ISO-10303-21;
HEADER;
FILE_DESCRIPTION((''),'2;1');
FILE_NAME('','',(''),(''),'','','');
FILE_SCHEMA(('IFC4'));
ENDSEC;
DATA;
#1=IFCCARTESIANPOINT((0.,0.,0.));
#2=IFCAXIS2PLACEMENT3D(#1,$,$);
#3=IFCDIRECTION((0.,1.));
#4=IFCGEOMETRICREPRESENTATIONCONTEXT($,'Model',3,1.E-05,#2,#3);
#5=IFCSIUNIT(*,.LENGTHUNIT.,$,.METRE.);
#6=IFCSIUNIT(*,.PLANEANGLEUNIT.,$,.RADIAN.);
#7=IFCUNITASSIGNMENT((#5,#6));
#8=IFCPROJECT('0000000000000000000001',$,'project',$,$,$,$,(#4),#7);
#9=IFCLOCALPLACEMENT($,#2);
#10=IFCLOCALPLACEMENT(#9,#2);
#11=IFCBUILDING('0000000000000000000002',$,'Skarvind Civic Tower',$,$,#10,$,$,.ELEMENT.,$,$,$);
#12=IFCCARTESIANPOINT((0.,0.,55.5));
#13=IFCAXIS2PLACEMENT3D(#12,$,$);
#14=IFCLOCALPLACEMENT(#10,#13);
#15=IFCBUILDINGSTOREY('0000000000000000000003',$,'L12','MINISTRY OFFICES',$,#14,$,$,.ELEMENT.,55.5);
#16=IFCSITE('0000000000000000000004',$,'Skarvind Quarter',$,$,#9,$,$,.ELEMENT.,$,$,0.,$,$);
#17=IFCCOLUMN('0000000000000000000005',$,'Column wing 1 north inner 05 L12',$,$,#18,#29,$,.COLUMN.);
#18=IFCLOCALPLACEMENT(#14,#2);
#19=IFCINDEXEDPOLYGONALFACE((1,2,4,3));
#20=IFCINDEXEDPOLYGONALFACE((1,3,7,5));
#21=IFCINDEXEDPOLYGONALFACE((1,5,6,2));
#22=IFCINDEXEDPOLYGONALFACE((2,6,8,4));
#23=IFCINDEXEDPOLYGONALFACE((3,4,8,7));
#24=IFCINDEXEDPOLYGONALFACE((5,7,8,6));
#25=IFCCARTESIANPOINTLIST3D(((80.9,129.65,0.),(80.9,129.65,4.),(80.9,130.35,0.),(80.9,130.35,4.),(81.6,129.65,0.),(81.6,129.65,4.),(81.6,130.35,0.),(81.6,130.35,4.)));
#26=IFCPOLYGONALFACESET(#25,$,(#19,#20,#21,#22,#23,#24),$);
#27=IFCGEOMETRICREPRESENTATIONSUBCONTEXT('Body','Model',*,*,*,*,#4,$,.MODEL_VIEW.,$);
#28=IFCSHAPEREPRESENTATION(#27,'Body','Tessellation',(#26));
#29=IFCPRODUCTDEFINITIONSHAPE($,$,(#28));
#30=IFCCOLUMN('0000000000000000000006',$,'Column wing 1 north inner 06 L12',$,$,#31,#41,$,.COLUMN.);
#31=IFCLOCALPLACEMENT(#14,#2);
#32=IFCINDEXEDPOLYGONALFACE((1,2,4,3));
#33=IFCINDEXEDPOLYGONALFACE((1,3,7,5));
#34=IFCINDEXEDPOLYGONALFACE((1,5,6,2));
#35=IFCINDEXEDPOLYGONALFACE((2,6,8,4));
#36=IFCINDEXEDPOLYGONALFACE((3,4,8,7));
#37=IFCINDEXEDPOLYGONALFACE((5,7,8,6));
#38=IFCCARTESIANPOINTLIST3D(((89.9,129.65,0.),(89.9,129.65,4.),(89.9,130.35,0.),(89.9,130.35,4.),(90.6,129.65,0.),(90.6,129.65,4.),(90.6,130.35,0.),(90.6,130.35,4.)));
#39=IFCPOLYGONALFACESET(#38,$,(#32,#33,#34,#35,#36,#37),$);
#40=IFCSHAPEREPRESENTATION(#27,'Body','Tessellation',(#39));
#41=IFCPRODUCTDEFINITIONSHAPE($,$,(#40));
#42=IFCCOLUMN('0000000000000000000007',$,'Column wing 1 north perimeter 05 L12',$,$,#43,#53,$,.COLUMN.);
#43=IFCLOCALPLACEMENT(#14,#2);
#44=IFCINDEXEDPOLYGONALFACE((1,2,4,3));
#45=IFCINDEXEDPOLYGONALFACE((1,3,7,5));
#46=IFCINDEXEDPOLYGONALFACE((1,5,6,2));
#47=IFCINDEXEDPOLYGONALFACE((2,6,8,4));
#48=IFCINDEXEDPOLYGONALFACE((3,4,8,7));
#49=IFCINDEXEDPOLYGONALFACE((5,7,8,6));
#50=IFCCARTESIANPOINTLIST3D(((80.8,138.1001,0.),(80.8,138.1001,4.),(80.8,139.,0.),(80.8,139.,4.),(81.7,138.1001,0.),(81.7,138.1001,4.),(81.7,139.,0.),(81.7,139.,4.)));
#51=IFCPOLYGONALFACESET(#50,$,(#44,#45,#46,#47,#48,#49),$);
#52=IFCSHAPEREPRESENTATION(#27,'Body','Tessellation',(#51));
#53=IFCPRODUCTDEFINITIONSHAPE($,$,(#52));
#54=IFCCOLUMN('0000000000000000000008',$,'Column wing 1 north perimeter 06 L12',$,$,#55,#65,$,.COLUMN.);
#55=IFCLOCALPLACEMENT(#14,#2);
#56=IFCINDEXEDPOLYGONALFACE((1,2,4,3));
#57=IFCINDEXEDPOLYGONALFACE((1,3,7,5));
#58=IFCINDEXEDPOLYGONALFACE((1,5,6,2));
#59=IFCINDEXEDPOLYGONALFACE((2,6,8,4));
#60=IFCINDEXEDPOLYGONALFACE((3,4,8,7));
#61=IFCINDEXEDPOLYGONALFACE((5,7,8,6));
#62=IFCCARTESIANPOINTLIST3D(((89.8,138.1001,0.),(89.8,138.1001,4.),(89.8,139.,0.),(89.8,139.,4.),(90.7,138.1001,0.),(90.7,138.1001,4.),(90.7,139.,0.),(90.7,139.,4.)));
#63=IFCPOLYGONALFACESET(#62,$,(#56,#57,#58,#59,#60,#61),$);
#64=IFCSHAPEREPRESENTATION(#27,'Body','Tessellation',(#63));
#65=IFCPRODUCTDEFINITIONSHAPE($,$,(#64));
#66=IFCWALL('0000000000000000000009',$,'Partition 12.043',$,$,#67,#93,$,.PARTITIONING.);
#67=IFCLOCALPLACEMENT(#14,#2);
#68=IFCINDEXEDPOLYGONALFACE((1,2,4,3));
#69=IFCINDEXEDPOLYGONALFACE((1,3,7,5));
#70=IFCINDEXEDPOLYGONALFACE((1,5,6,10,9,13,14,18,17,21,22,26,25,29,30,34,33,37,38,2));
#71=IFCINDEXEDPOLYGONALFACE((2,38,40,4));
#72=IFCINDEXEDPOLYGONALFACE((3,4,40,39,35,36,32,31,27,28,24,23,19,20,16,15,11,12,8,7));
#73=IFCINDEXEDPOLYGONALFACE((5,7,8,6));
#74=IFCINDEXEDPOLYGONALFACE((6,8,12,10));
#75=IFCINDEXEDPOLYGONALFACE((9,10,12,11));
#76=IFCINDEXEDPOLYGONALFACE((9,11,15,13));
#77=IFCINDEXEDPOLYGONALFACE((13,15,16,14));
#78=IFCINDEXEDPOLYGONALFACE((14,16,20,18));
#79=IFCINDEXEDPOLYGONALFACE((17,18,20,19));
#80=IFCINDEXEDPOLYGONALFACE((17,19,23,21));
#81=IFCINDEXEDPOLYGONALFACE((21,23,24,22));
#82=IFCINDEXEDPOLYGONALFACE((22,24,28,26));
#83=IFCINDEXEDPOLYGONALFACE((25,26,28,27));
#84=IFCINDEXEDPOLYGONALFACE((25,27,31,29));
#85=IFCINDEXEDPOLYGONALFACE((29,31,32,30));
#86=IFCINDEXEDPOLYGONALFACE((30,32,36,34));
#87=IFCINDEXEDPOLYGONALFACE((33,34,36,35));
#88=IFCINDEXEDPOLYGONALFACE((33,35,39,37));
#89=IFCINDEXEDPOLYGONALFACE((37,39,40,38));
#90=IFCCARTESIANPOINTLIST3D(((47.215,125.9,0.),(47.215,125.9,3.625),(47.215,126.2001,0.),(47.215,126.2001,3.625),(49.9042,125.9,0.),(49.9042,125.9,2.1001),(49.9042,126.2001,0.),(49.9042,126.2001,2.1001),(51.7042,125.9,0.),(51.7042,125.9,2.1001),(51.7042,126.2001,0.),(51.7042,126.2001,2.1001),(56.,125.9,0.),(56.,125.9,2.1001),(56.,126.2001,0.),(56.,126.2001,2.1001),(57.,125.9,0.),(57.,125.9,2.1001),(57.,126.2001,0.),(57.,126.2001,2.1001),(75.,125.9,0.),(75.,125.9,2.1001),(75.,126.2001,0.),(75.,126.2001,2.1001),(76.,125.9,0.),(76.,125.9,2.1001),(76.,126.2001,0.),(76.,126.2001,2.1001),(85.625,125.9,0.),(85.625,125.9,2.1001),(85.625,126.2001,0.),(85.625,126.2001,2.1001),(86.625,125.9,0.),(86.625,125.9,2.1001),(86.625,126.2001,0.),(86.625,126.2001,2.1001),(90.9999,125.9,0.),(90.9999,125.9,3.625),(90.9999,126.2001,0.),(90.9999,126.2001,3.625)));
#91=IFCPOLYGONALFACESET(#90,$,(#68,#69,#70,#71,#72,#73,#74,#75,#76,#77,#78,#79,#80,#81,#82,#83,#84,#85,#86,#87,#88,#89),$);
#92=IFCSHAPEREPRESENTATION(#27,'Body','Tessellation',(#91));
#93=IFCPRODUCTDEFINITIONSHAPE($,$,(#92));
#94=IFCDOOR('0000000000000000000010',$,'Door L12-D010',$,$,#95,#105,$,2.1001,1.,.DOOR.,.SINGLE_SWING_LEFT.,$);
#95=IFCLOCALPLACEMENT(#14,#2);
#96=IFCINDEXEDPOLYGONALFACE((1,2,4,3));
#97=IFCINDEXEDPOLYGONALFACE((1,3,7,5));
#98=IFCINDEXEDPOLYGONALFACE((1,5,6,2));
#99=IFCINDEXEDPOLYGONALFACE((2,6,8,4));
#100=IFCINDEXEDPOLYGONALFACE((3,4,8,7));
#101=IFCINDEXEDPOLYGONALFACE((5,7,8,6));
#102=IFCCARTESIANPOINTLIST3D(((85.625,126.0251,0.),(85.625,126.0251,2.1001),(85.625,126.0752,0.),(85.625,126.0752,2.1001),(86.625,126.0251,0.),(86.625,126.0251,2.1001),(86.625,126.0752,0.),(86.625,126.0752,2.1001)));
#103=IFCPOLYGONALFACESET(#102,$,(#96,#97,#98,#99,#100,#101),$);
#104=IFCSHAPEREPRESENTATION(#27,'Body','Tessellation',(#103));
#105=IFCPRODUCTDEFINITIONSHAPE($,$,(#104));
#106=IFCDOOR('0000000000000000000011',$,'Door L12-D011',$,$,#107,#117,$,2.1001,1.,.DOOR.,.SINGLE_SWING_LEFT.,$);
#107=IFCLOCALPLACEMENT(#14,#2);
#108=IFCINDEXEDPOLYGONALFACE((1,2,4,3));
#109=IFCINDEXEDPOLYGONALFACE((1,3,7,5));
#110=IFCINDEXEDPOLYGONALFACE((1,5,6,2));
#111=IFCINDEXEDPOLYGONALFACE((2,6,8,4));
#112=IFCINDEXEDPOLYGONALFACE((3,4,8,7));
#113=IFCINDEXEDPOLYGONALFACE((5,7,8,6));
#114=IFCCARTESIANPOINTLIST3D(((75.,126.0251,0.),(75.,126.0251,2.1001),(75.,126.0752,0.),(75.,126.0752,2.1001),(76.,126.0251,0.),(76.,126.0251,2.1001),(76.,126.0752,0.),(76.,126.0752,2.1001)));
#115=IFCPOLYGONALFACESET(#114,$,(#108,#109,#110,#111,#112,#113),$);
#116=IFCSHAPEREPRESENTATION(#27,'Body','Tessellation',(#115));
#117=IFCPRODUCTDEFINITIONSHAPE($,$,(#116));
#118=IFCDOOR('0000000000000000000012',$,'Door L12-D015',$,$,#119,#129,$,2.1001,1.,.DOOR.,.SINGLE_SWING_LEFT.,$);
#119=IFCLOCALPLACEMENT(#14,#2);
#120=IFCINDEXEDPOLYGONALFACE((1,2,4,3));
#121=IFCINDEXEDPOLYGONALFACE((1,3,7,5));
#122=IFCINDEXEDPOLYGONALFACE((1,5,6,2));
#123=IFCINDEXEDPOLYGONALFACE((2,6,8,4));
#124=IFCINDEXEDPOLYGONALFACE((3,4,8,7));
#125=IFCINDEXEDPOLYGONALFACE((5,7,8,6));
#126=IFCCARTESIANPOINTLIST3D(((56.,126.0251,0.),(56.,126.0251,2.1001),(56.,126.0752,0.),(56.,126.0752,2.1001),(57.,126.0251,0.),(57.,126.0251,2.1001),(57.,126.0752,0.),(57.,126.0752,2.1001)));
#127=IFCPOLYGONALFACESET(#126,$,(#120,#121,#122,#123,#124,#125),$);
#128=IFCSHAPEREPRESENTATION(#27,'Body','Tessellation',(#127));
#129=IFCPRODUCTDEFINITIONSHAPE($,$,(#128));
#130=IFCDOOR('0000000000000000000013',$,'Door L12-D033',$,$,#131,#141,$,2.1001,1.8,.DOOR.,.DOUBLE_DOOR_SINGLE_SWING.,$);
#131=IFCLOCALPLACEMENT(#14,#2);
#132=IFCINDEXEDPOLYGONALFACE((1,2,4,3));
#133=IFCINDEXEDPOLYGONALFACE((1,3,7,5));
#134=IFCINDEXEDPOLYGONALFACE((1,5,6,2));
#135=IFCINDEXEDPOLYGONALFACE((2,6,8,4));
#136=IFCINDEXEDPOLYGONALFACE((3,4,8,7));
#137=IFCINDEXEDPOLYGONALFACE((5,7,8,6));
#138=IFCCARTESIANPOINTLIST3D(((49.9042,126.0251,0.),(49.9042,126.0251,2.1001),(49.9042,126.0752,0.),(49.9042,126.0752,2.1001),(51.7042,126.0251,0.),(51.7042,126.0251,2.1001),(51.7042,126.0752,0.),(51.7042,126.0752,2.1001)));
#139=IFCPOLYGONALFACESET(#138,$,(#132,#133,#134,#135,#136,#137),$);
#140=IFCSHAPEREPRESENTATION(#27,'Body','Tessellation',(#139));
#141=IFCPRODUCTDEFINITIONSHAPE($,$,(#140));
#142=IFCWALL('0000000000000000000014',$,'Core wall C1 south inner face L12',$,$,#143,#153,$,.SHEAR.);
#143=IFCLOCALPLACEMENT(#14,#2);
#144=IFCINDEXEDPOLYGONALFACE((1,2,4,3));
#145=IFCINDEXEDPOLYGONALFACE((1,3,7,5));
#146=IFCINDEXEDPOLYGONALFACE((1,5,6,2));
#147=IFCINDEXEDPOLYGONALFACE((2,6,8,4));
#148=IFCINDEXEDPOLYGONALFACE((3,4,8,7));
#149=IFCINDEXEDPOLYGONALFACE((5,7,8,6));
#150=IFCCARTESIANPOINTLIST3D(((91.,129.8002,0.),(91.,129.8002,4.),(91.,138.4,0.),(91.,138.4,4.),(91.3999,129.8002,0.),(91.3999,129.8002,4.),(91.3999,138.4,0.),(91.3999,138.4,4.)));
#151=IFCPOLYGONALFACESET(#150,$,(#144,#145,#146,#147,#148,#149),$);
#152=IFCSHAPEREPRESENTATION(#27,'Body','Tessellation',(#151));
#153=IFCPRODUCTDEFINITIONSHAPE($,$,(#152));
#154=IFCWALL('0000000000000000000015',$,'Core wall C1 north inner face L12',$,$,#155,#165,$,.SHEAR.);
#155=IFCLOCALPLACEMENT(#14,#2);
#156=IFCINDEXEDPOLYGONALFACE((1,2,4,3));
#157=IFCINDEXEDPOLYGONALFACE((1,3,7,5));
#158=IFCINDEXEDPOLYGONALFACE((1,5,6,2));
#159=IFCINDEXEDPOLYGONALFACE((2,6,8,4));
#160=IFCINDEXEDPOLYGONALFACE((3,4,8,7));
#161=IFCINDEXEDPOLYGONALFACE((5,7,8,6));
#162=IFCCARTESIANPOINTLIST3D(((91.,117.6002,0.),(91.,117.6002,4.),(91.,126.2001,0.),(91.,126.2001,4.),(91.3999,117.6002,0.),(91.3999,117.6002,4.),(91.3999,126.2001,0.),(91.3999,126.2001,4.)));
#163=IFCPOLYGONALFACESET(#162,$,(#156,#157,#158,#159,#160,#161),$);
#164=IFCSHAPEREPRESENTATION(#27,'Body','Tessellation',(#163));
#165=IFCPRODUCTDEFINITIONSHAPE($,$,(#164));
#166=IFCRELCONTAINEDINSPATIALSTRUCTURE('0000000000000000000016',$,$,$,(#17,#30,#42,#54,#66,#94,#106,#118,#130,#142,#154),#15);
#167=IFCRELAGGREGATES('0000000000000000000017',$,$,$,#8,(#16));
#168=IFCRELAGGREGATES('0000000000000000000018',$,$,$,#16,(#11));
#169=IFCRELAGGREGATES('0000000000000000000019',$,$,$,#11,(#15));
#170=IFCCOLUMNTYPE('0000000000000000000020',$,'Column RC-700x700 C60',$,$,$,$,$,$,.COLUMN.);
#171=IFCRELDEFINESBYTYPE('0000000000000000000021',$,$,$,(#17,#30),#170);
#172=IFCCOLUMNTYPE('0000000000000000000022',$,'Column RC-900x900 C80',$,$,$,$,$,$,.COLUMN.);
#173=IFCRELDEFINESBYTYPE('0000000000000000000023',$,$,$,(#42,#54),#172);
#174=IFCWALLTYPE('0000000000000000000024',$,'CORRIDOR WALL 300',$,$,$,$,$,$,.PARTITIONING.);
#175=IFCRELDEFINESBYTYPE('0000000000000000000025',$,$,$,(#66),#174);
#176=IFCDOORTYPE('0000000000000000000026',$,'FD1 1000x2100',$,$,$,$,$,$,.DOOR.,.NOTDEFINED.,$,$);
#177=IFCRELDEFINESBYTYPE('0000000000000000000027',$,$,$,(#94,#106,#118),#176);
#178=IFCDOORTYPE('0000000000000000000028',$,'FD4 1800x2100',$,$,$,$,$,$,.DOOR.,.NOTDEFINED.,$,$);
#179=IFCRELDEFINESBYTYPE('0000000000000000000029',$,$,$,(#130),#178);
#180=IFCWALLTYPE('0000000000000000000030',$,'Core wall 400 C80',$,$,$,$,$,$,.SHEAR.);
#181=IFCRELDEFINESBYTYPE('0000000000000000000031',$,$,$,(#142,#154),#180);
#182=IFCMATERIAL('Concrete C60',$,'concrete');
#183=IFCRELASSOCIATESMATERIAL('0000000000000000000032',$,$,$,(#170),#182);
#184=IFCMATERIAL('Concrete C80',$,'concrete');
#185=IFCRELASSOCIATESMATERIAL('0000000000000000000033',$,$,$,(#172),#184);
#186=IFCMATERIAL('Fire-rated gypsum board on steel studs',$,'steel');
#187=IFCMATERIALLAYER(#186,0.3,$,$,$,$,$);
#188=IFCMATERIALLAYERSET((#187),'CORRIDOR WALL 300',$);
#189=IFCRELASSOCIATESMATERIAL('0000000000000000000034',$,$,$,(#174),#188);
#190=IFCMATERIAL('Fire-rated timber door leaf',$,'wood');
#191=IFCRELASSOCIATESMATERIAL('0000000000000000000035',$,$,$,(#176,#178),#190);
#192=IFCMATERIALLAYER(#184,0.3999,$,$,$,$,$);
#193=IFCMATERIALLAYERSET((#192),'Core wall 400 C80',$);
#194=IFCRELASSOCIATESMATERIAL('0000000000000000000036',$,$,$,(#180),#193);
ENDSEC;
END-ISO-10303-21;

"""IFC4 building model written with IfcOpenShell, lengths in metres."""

from ifc_helpers import new_model, si_unit, direction, frame, frame_2d, origin, origin_2d, place, context, subcontext, project, spatial, rectangle, extrude, material, layer, layer_set, material_profile, profile_set, type_object, element, fill, save


model = new_model("IFC4")

# Units and contexts
model_context = context("Model", 3, precision=1e-05, world=origin(), true_north=direction((0.0, 1.0)))
body_context = subcontext(model_context, "Body", "Model", "MODEL_VIEW")
ifc_project = project(units=[si_unit("LENGTHUNIT", "METRE"), si_unit("PLANEANGLEUNIT", "RADIAN")], contexts=[model_context])

# Site, building, storey
site_placement = place(None, origin())
site = spatial("IfcSite", under=ifc_project, at=site_placement, Name="Skarvind Quarter", CompositionType="ELEMENT", RefElevation=0.0)
building_placement = place(site_placement, origin())
building = spatial("IfcBuilding", under=site, at=building_placement, Name="Skarvind Civic Tower", CompositionType="ELEMENT")
storey_placement = place(building_placement, frame((0.0, 0.0, 55.5)))
storey = spatial("IfcBuildingStorey", under=building, at=storey_placement, Name="L12", Description="MINISTRY OFFICES", CompositionType="ELEMENT", Elevation=55.5)

# Columns
ifc_material_1 = material(Name="Concrete C60", Category="concrete")
ifc_material_profile_1 = material_profile(ifc_material_1, rectangle(XDim=0.7, YDim=0.7, at=origin_2d()), Name="RC-700x700")
ifc_profile_set_1 = profile_set([ifc_material_profile_1], Name="Concrete C60")
column_type_1 = type_object("IfcColumnType", Name="Column RC-700x700 C60", PredefinedType="COLUMN", material=ifc_profile_set_1)
for number, where, z_axis, x_axis, name in (
    (1, (81.25, 130.0, 0.0), (0.0, 0.0, 1.0), (1.0, 0.0, 0.0), "Column wing 1 north inner 05 L12"),
    (2, (90.25, 130.0, 0.0), (0.0, 0.0, 1.0), (1.0, 0.0, 0.0), "Column wing 1 north inner 06 L12"),
):
    element("IfcColumn", number, at=place(storey_placement, frame(where, z_axis=z_axis, x_axis=x_axis)), inside=storey, type_object=column_type_1, Name=name, PredefinedType="COLUMN", context=body_context, shape_type="SweptSolid", body=[
        extrude(rectangle(XDim=0.7, YDim=0.7, at=origin_2d()), origin(), (0.0, 0.0, 1.0), 4.0),
    ])
ifc_material_2 = material(Name="Concrete C80", Category="concrete")
ifc_material_profile_2 = material_profile(ifc_material_2, rectangle(XDim=0.8999, YDim=0.8999, at=origin_2d()), Name="RC-900x900")
ifc_profile_set_2 = profile_set([ifc_material_profile_2], Name="Concrete C80")
column_type_2 = type_object("IfcColumnType", Name="Column RC-900x900 C80", PredefinedType="COLUMN", material=ifc_profile_set_2)
for number, where, z_axis, x_axis, name in (
    (3, (81.25, 138.55, 0.0), (0.0, 0.0, 1.0), (1.0, 0.0, 0.0), "Column wing 1 north perimeter 05 L12"),
    (4, (90.25, 138.55, 0.0), (0.0, 0.0, 1.0), (1.0, 0.0, 0.0), "Column wing 1 north perimeter 06 L12"),
):
    element("IfcColumn", number, at=place(storey_placement, frame(where, z_axis=z_axis, x_axis=x_axis)), inside=storey, type_object=column_type_2, Name=name, PredefinedType="COLUMN", context=body_context, shape_type="SweptSolid", body=[
        extrude(rectangle(XDim=0.8999, YDim=0.8999, at=origin_2d()), origin(), (0.0, 0.0, 1.0), 4.0),
    ])

# Wall, openings, doors
ifc_material_3 = material(Name="Fire-rated gypsum board on steel studs", Category="steel")
ifc_layer_1 = layer(ifc_material_3, 0.3)
ifc_layer_set_1 = layer_set([ifc_layer_1], Name="CORRIDOR WALL 300")
wall_type_1 = type_object("IfcWallType", Name="CORRIDOR WALL 300", PredefinedType="PARTITIONING", material=ifc_layer_set_1)
wall_1_placement = place(storey_placement, frame((91.0, 126.05, 0.0), z_axis=(0.0, 0.0, 1.0), x_axis=(-1.0, 0.0, 0.0)))
wall_1 = element("IfcWall", 5, at=wall_1_placement, inside=storey, type_object=wall_type_1, Name="Partition 12.043", PredefinedType="PARTITIONING", context=body_context, shape_type="SweptSolid", body=[
    extrude(rectangle(XDim=43.7849, YDim=0.3, at=frame_2d((21.8926, 0.0))), origin(), (0.0, 0.0, 1.0), 3.625),
])
opening_1_placement = place(wall_1_placement, frame((4.375, 0.0, 0.0)))
opening_1 = element("IfcOpeningElement", 6, at=opening_1_placement, cuts=wall_1, PredefinedType="OPENING", context=body_context, shape_type="SweptSolid", body=[
    extrude(rectangle(XDim=1.0, YDim=2.1001, at=frame_2d((0.5, 1.05))), frame((0.0, 0.1599, 0.0), z_axis=(0.0, -1.0, 0.0), x_axis=(1.0, 0.0, 0.0)), (0.0, 0.0, 1.0), 0.3201),
])
opening_2_placement = place(wall_1_placement, frame((15.0, 0.0, 0.0)))
opening_2 = element("IfcOpeningElement", 7, at=opening_2_placement, cuts=wall_1, PredefinedType="OPENING", context=body_context, shape_type="SweptSolid", body=[
    extrude(rectangle(XDim=1.0, YDim=2.1001, at=frame_2d((0.5, 1.05))), frame((0.0, 0.1599, 0.0), z_axis=(0.0, -1.0, 0.0), x_axis=(1.0, 0.0, 0.0)), (0.0, 0.0, 1.0), 0.3201),
])
opening_3_placement = place(wall_1_placement, frame((34.0, 0.0, 0.0)))
opening_3 = element("IfcOpeningElement", 8, at=opening_3_placement, cuts=wall_1, PredefinedType="OPENING", context=body_context, shape_type="SweptSolid", body=[
    extrude(rectangle(XDim=1.0, YDim=2.1001, at=frame_2d((0.5, 1.05))), frame((0.0, 0.1599, 0.0), z_axis=(0.0, -1.0, 0.0), x_axis=(1.0, 0.0, 0.0)), (0.0, 0.0, 1.0), 0.3201),
])
opening_4_placement = place(wall_1_placement, frame((39.2959, 0.0, 0.0)))
opening_4 = element("IfcOpeningElement", 9, at=opening_4_placement, cuts=wall_1, PredefinedType="OPENING", context=body_context, shape_type="SweptSolid", body=[
    extrude(rectangle(XDim=1.8, YDim=2.1001, at=frame_2d((0.8999, 1.05))), frame((0.0, 0.1599, 0.0), z_axis=(0.0, -1.0, 0.0), x_axis=(1.0, 0.0, 0.0)), (0.0, 0.0, 1.0), 0.3201),
])
ifc_material_4 = material(Name="Fire-rated timber door leaf", Category="wood")
door_type_1 = type_object("IfcDoorType", Name="FD1 1000x2100", OperationType="NOTDEFINED", PredefinedType="DOOR", material=ifc_material_4)
door_1_placement = place(opening_1_placement, origin())
door_1 = element("IfcDoor", 10, at=door_1_placement, inside=storey, type_object=door_type_1, Name="Door L12-D010", OperationType="SINGLE_SWING_LEFT", OverallHeight=2.1001, OverallWidth=1.0, PredefinedType="DOOR", context=body_context, shape_type="SweptSolid", body=[
    extrude(rectangle(XDim=1.0, YDim=2.1001, at=frame_2d((0.5, 1.05))), frame((0.0, 0.0249, 0.0), z_axis=(0.0, -1.0, 0.0), x_axis=(1.0, 0.0, 0.0)), (0.0, 0.0, 1.0), 0.05),
])
fill(opening_1, door_1)
door_2_placement = place(opening_2_placement, origin())
door_2 = element("IfcDoor", 11, at=door_2_placement, inside=storey, type_object=door_type_1, Name="Door L12-D011", OperationType="SINGLE_SWING_LEFT", OverallHeight=2.1001, OverallWidth=1.0, PredefinedType="DOOR", context=body_context, shape_type="SweptSolid", body=[
    extrude(rectangle(XDim=1.0, YDim=2.1001, at=frame_2d((0.5, 1.05))), frame((0.0, 0.0249, 0.0), z_axis=(0.0, -1.0, 0.0), x_axis=(1.0, 0.0, 0.0)), (0.0, 0.0, 1.0), 0.05),
])
fill(opening_2, door_2)
door_3_placement = place(opening_3_placement, origin())
door_3 = element("IfcDoor", 12, at=door_3_placement, inside=storey, type_object=door_type_1, Name="Door L12-D015", OperationType="SINGLE_SWING_LEFT", OverallHeight=2.1001, OverallWidth=1.0, PredefinedType="DOOR", context=body_context, shape_type="SweptSolid", body=[
    extrude(rectangle(XDim=1.0, YDim=2.1001, at=frame_2d((0.5, 1.05))), frame((0.0, 0.0249, 0.0), z_axis=(0.0, -1.0, 0.0), x_axis=(1.0, 0.0, 0.0)), (0.0, 0.0, 1.0), 0.05),
])
fill(opening_3, door_3)
door_type_2 = type_object("IfcDoorType", Name="FD4 1800x2100", OperationType="NOTDEFINED", PredefinedType="DOOR", material=ifc_material_4)
door_4_placement = place(opening_4_placement, origin())
door_4 = element("IfcDoor", 13, at=door_4_placement, inside=storey, type_object=door_type_2, Name="Door L12-D033", OperationType="DOUBLE_DOOR_SINGLE_SWING", OverallHeight=2.1001, OverallWidth=1.8, PredefinedType="DOOR", context=body_context, shape_type="SweptSolid", body=[
    extrude(rectangle(XDim=1.8, YDim=2.1001, at=frame_2d((0.8999, 1.05))), frame((0.0, 0.0249, 0.0), z_axis=(0.0, -1.0, 0.0), x_axis=(1.0, 0.0, 0.0)), (0.0, 0.0, 1.0), 0.05),
])
fill(opening_4, door_4)

# Walls
ifc_layer_2 = layer(ifc_material_2, 0.3999)
ifc_layer_set_2 = layer_set([ifc_layer_2], Name="Core wall 400 C80")
wall_type_2 = type_object("IfcWallType", Name="Core wall 400 C80", PredefinedType="SHEAR", material=ifc_layer_set_2)
for number, where, z_axis, x_axis, name in (
    (14, (91.2, 138.3999, 0.0), (0.0, 0.0, 1.0), (0.0, -1.0, 0.0), "Core wall C1 south inner face L12"),
    (15, (91.2, 126.2, 0.0), (0.0, 0.0, 1.0), (0.0, -1.0, 0.0), "Core wall C1 north inner face L12"),
):
    element("IfcWall", number, at=place(storey_placement, frame(where, z_axis=z_axis, x_axis=x_axis)), inside=storey, type_object=wall_type_2, Name=name, PredefinedType="SHEAR", context=body_context, shape_type="SweptSolid", body=[
        extrude(rectangle(XDim=8.5999, YDim=0.3999, at=frame_2d((4.2998, 0.0))), origin(), (0.0, 0.0, 1.0), 4.0),
    ])

save(model, "model.ifc")
